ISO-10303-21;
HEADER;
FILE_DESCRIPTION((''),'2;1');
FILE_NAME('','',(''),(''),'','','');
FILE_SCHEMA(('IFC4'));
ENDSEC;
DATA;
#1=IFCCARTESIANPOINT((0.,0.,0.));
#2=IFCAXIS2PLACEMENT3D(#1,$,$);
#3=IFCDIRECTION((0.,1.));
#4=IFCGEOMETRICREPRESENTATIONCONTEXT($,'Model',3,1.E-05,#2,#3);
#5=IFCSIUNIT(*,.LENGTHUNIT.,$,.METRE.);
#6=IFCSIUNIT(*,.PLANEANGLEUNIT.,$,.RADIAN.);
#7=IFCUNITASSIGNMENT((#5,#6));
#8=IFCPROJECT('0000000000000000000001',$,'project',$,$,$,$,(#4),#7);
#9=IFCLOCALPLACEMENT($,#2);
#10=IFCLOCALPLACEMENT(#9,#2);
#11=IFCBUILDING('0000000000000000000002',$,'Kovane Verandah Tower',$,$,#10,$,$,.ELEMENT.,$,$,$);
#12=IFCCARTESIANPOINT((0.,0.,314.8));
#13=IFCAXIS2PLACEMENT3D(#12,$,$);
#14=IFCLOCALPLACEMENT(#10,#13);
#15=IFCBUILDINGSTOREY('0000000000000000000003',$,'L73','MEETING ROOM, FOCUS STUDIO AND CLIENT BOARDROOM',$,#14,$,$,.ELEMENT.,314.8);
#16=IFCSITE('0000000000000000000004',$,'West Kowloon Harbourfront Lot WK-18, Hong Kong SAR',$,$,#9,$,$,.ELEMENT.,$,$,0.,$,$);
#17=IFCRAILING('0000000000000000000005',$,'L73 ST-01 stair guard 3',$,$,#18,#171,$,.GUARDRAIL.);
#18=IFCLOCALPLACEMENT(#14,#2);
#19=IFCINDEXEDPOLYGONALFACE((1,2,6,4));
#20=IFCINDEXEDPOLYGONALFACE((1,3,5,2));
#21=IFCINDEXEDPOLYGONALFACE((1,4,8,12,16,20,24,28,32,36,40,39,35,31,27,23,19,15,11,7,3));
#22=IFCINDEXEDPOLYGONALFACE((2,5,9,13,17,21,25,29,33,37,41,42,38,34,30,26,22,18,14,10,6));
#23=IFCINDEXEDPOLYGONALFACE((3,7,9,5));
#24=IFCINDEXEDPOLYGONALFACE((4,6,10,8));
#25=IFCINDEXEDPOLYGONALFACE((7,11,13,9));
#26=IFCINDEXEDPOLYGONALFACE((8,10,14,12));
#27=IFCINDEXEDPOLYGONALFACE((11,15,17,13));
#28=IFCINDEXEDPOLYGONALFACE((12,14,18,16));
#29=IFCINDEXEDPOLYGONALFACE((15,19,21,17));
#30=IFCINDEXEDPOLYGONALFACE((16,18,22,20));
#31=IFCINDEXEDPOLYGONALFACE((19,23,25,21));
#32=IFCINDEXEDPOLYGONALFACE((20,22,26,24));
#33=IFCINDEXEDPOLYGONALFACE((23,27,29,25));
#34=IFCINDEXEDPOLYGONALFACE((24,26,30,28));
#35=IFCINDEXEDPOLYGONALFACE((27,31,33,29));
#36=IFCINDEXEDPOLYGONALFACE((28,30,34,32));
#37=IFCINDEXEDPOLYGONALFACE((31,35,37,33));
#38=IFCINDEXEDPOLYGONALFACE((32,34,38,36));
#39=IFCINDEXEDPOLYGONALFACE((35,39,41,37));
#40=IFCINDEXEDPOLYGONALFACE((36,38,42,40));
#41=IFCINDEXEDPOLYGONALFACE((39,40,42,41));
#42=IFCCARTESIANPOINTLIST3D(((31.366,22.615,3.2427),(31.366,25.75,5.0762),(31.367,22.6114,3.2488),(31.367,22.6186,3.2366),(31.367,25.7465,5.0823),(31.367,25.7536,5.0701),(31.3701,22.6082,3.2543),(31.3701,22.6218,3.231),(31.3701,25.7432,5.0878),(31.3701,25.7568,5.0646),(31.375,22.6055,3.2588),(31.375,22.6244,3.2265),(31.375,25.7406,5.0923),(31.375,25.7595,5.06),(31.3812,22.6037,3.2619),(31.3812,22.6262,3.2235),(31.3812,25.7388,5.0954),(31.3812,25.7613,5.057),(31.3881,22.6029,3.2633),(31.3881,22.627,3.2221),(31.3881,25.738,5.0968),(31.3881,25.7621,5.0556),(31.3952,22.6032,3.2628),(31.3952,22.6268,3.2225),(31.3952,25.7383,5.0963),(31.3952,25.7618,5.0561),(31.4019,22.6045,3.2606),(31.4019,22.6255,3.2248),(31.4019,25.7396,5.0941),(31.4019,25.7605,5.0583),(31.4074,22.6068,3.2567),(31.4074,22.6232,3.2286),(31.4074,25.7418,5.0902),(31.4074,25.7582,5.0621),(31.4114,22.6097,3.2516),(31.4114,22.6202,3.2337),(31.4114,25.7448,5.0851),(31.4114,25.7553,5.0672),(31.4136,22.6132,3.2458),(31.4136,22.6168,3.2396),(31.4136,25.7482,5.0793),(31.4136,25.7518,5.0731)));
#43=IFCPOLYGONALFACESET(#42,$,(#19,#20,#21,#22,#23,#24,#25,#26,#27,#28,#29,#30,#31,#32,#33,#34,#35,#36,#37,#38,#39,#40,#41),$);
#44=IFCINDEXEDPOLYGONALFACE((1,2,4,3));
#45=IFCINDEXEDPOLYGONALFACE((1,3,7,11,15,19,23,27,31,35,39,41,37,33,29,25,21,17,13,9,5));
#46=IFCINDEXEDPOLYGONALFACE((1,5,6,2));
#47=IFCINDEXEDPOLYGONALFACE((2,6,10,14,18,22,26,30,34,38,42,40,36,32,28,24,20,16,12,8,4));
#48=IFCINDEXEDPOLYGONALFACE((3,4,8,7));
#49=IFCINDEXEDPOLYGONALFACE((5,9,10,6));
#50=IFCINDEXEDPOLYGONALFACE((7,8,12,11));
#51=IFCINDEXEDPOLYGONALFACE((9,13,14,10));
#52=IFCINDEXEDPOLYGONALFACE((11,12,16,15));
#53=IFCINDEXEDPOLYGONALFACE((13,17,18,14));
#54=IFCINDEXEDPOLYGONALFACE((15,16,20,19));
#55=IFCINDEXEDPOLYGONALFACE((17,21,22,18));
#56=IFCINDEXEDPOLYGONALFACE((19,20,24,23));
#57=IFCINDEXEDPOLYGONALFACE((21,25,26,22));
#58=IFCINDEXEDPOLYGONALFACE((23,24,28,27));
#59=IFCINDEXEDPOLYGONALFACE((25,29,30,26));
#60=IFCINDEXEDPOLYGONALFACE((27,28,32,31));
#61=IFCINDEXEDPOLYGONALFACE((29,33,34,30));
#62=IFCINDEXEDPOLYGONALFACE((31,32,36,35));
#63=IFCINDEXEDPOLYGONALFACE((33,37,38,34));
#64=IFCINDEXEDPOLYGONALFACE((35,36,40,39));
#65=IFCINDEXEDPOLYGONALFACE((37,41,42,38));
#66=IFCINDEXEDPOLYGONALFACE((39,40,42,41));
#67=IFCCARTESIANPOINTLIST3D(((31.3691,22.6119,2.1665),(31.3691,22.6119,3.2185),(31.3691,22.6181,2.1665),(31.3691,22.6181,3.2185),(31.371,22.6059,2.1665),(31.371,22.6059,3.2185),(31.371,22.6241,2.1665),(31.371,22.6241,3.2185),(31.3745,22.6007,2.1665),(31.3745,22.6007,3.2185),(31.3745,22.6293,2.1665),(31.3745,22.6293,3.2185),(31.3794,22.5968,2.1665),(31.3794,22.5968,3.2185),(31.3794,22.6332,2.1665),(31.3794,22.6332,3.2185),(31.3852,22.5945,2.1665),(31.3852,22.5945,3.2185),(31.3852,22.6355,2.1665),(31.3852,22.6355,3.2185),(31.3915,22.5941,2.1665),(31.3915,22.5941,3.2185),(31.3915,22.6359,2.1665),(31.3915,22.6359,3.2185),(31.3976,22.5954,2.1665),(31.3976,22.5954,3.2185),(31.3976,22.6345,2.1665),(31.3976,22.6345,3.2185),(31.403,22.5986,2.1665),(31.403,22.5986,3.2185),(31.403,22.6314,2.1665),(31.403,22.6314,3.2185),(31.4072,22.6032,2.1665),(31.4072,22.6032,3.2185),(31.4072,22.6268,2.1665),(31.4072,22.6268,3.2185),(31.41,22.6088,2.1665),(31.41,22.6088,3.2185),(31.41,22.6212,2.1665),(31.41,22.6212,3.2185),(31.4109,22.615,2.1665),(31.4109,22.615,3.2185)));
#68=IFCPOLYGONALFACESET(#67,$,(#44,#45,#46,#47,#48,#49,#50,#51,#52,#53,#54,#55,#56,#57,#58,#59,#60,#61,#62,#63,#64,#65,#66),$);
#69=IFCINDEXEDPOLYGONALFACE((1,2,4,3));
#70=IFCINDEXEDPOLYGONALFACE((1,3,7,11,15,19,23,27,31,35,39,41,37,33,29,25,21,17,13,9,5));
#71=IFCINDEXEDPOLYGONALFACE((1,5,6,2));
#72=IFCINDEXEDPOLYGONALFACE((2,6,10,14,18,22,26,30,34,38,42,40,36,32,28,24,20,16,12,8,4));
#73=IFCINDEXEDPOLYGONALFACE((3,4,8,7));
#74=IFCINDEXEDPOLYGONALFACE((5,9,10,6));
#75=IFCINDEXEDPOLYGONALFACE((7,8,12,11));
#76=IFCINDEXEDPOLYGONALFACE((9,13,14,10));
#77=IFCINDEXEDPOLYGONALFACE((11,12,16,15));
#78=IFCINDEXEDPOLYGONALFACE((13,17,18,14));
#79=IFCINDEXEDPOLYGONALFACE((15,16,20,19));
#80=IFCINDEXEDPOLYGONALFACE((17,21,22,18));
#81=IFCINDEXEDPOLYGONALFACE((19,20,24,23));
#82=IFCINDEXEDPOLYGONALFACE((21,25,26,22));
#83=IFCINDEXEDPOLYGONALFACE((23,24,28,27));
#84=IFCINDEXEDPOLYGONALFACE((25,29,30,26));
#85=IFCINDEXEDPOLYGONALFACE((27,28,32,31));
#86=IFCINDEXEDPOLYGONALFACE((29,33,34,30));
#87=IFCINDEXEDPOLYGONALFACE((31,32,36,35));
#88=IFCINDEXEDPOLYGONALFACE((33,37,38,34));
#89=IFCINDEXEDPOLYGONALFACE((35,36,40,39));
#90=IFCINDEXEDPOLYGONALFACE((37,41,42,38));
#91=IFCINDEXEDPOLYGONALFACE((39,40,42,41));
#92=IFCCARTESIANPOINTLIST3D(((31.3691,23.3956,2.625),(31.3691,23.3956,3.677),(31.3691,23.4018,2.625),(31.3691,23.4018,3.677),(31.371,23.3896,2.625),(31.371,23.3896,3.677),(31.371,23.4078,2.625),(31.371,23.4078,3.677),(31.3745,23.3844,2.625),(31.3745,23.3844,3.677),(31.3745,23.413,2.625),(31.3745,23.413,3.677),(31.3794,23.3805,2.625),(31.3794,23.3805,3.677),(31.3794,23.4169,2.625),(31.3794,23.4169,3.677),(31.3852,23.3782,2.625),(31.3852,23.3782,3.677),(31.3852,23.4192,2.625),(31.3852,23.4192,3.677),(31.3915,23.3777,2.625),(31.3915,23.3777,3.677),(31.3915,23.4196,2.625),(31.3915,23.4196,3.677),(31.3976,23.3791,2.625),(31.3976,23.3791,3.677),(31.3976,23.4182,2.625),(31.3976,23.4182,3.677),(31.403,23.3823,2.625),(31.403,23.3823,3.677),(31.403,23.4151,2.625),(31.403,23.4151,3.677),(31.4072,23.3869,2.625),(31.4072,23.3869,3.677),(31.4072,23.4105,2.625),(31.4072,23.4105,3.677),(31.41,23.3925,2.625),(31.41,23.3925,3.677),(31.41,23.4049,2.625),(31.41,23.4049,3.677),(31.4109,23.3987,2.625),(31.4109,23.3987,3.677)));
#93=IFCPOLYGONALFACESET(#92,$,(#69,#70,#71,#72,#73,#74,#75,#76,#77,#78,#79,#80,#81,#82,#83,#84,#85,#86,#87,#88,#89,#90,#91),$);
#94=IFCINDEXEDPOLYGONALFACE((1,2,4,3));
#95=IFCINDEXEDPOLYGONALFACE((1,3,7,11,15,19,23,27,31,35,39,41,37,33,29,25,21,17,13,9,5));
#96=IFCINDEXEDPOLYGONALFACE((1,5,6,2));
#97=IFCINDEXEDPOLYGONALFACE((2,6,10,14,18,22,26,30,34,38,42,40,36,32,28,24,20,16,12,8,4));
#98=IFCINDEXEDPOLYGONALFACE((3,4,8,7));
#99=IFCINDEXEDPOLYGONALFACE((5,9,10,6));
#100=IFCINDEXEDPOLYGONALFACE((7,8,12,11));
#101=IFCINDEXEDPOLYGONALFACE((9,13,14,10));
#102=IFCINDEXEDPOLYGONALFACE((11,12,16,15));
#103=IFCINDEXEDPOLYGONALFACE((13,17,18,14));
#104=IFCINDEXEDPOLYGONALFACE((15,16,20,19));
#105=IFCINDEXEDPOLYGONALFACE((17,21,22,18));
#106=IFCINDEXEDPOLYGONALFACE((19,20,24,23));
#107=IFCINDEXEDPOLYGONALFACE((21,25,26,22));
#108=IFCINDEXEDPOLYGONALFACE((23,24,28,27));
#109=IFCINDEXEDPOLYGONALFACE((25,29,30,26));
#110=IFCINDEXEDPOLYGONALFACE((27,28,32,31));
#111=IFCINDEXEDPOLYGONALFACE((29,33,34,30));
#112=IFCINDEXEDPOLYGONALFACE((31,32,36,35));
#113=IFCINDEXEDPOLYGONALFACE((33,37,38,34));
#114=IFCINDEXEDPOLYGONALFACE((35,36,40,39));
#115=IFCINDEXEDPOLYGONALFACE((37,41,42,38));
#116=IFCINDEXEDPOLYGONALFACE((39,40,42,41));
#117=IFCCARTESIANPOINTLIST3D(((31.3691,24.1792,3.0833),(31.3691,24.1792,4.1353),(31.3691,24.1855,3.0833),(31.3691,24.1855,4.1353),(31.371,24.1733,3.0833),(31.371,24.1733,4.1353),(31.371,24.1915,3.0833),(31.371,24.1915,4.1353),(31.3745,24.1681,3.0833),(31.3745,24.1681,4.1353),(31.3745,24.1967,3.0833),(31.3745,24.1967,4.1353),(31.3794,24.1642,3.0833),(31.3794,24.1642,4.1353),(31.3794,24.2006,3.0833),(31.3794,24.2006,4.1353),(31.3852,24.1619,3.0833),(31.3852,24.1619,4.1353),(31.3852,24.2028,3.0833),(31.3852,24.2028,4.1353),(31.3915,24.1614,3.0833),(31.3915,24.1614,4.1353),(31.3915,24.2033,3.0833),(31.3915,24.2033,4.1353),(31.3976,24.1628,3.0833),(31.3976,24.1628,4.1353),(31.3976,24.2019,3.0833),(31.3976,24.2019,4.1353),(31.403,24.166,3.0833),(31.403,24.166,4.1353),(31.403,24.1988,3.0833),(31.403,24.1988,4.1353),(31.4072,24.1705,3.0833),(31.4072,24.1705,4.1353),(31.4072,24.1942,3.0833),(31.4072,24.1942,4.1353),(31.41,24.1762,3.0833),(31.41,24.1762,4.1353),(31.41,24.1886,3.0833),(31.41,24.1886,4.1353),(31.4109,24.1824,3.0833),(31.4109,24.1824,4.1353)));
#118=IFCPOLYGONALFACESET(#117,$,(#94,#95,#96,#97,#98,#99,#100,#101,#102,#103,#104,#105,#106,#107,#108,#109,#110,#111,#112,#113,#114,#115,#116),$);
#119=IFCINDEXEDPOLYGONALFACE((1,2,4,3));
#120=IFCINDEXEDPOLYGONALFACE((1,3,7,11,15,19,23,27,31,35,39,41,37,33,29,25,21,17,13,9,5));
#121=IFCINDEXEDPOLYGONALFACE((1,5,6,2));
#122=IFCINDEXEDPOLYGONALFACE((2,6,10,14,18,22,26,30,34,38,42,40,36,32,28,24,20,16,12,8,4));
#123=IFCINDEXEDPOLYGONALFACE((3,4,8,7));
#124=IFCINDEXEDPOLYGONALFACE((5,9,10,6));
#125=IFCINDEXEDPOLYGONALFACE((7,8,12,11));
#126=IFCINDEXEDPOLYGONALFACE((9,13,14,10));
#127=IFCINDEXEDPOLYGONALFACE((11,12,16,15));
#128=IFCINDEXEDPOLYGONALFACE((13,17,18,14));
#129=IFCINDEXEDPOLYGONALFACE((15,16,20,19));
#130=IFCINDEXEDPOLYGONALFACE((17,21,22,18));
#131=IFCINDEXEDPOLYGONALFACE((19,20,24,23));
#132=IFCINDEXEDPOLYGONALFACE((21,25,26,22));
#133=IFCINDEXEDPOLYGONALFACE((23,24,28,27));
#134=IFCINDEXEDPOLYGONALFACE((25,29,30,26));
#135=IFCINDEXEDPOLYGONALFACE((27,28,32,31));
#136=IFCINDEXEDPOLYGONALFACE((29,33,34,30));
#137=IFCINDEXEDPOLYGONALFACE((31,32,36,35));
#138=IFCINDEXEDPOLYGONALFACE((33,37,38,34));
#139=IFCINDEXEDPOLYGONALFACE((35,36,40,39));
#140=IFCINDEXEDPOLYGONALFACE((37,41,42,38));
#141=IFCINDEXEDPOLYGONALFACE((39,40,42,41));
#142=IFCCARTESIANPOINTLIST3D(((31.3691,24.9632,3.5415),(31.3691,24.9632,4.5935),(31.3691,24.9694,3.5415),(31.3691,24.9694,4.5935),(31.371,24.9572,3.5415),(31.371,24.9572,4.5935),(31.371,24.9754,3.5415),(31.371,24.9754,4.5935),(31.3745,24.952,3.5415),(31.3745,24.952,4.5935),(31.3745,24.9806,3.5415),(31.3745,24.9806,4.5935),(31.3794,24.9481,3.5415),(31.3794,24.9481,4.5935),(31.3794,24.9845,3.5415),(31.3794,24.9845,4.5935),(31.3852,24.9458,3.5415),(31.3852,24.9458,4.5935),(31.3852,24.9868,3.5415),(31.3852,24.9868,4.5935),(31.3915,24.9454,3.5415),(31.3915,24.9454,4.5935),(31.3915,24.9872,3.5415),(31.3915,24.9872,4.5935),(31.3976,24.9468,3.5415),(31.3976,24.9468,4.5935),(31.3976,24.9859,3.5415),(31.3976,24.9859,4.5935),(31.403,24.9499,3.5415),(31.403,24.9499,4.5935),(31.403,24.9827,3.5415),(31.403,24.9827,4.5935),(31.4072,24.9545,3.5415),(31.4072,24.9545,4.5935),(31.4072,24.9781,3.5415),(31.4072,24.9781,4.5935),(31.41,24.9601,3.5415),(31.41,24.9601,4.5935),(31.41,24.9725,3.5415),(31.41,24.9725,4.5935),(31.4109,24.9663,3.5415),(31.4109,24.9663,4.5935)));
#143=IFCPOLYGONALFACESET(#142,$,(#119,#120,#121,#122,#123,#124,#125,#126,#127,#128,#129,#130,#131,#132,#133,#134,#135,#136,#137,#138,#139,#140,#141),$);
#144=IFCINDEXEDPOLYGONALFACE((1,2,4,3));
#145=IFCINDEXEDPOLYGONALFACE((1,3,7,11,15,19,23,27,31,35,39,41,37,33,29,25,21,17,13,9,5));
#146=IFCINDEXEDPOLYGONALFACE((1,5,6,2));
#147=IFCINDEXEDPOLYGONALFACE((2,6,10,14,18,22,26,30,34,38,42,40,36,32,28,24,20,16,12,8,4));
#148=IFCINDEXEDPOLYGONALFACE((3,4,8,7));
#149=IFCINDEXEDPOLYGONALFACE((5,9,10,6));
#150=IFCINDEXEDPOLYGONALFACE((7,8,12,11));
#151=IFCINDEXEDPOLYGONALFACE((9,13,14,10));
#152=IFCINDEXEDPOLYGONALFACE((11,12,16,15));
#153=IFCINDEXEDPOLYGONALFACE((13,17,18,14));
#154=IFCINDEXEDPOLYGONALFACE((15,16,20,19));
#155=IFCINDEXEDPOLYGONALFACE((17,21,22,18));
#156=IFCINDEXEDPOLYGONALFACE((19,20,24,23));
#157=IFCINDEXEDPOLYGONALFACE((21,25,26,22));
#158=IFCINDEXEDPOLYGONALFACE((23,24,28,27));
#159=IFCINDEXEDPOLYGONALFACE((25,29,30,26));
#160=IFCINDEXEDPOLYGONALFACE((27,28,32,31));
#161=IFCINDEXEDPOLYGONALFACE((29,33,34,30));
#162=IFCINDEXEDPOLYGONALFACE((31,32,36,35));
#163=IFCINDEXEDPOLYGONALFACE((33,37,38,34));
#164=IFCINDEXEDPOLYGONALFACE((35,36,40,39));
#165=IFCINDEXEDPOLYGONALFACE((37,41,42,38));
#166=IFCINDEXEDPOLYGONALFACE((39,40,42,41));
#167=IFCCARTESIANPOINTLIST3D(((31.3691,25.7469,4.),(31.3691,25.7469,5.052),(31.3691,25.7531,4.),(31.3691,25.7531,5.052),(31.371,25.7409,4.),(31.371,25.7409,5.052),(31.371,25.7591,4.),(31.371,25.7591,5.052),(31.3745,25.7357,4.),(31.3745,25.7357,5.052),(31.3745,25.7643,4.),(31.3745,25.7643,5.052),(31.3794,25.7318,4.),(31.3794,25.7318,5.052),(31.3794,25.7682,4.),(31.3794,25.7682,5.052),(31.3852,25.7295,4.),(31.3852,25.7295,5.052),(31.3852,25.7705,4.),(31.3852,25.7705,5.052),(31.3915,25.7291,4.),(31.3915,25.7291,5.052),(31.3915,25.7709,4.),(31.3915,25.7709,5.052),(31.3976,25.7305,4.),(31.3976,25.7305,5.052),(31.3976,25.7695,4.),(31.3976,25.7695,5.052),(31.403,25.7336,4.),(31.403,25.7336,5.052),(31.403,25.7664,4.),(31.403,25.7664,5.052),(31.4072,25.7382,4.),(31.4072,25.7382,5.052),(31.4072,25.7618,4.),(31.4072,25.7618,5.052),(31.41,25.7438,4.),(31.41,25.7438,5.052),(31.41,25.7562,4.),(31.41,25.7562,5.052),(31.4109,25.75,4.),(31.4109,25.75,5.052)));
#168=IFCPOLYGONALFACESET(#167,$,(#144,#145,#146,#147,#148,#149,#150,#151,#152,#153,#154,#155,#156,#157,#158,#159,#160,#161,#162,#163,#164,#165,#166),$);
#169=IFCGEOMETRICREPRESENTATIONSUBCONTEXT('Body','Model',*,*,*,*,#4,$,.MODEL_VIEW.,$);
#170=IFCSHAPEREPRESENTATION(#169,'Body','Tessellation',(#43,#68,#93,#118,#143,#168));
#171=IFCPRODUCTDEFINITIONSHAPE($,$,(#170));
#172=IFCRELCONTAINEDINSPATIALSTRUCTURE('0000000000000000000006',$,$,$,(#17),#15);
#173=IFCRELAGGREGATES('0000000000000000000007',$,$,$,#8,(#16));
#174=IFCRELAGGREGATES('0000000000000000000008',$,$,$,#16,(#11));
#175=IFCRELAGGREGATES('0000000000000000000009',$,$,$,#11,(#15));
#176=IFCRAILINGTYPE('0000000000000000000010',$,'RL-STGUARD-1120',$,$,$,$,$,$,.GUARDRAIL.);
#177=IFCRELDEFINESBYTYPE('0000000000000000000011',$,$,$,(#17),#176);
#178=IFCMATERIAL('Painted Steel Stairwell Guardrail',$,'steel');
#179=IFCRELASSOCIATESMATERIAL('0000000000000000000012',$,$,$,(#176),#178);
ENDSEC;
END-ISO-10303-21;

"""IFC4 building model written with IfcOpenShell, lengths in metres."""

from ifc_helpers import new_model, si_unit, direction, frame, origin, origin_2d, place, context, subcontext, project, spatial, circle, extrude, material, type_object, element, save


model = new_model("IFC4")

# Units and contexts
model_context = context("Model", 3, precision=1e-05, world=origin(), true_north=direction((0.0, 1.0)))
body_context = subcontext(model_context, "Body", "Model", "MODEL_VIEW")
ifc_project = project(units=[si_unit("LENGTHUNIT", "METRE"), si_unit("PLANEANGLEUNIT", "RADIAN")], contexts=[model_context])

# Site, building, storey
site_placement = place(None, origin())
site = spatial("IfcSite", under=ifc_project, at=site_placement, Name="West Kowloon Harbourfront Lot WK-18, Hong Kong SAR", CompositionType="ELEMENT", RefElevation=0.0)
building_placement = place(site_placement, origin())
building = spatial("IfcBuilding", under=site, at=building_placement, Name="Kovane Verandah Tower", CompositionType="ELEMENT")
storey_placement = place(building_placement, frame((0.0, 0.0, 314.8)))
storey = spatial("IfcBuildingStorey", under=building, at=storey_placement, Name="L73", Description="MEETING ROOM, FOCUS STUDIO AND CLIENT BOARDROOM", CompositionType="ELEMENT", Elevation=314.8)

# Railing
ifc_material_1 = material(Name="Painted Steel Stairwell Guardrail", Category="steel")
railing_type_1 = type_object("IfcRailingType", Name="RL-STGUARD-1120", PredefinedType="GUARDRAIL", material=ifc_material_1)
railing_1_placement = place(storey_placement, frame((31.3899, 22.615, 2.1665)))
element("IfcRailing", 1, at=railing_1_placement, inside=storey, type_object=railing_type_1, Name="L73 ST-01 stair guard 3", PredefinedType="GUARDRAIL", context=body_context, shape_type="SweptSolid", body=[
    extrude(circle(Radius=0.0239, at=origin_2d()), frame((0.0, 0.0, 1.0762), z_axis=(0.0, 0.86321, 0.504845), x_axis=(-1.0, 0.0, 0.0)), (0.0, 0.0, 1.0), 3.6318),
    extrude(circle(Radius=0.021, at=origin_2d()), origin(), (0.0, 0.0, 1.0), 1.052),
    extrude(circle(Radius=0.021, at=origin_2d()), frame((0.0, 0.7837, 0.4585)), (0.0, 0.0, 1.0), 1.052),
    extrude(circle(Radius=0.021, at=origin_2d()), frame((0.0, 1.5674, 0.9167)), (0.0, 0.0, 1.0), 1.052),
    extrude(circle(Radius=0.021, at=origin_2d()), frame((0.0, 2.3513, 1.375)), (0.0, 0.0, 1.0), 1.052),
    extrude(circle(Radius=0.021, at=origin_2d()), frame((0.0, 3.135, 1.8335)), (0.0, 0.0, 1.0), 1.052),
])

save(model, "model.ifc")
